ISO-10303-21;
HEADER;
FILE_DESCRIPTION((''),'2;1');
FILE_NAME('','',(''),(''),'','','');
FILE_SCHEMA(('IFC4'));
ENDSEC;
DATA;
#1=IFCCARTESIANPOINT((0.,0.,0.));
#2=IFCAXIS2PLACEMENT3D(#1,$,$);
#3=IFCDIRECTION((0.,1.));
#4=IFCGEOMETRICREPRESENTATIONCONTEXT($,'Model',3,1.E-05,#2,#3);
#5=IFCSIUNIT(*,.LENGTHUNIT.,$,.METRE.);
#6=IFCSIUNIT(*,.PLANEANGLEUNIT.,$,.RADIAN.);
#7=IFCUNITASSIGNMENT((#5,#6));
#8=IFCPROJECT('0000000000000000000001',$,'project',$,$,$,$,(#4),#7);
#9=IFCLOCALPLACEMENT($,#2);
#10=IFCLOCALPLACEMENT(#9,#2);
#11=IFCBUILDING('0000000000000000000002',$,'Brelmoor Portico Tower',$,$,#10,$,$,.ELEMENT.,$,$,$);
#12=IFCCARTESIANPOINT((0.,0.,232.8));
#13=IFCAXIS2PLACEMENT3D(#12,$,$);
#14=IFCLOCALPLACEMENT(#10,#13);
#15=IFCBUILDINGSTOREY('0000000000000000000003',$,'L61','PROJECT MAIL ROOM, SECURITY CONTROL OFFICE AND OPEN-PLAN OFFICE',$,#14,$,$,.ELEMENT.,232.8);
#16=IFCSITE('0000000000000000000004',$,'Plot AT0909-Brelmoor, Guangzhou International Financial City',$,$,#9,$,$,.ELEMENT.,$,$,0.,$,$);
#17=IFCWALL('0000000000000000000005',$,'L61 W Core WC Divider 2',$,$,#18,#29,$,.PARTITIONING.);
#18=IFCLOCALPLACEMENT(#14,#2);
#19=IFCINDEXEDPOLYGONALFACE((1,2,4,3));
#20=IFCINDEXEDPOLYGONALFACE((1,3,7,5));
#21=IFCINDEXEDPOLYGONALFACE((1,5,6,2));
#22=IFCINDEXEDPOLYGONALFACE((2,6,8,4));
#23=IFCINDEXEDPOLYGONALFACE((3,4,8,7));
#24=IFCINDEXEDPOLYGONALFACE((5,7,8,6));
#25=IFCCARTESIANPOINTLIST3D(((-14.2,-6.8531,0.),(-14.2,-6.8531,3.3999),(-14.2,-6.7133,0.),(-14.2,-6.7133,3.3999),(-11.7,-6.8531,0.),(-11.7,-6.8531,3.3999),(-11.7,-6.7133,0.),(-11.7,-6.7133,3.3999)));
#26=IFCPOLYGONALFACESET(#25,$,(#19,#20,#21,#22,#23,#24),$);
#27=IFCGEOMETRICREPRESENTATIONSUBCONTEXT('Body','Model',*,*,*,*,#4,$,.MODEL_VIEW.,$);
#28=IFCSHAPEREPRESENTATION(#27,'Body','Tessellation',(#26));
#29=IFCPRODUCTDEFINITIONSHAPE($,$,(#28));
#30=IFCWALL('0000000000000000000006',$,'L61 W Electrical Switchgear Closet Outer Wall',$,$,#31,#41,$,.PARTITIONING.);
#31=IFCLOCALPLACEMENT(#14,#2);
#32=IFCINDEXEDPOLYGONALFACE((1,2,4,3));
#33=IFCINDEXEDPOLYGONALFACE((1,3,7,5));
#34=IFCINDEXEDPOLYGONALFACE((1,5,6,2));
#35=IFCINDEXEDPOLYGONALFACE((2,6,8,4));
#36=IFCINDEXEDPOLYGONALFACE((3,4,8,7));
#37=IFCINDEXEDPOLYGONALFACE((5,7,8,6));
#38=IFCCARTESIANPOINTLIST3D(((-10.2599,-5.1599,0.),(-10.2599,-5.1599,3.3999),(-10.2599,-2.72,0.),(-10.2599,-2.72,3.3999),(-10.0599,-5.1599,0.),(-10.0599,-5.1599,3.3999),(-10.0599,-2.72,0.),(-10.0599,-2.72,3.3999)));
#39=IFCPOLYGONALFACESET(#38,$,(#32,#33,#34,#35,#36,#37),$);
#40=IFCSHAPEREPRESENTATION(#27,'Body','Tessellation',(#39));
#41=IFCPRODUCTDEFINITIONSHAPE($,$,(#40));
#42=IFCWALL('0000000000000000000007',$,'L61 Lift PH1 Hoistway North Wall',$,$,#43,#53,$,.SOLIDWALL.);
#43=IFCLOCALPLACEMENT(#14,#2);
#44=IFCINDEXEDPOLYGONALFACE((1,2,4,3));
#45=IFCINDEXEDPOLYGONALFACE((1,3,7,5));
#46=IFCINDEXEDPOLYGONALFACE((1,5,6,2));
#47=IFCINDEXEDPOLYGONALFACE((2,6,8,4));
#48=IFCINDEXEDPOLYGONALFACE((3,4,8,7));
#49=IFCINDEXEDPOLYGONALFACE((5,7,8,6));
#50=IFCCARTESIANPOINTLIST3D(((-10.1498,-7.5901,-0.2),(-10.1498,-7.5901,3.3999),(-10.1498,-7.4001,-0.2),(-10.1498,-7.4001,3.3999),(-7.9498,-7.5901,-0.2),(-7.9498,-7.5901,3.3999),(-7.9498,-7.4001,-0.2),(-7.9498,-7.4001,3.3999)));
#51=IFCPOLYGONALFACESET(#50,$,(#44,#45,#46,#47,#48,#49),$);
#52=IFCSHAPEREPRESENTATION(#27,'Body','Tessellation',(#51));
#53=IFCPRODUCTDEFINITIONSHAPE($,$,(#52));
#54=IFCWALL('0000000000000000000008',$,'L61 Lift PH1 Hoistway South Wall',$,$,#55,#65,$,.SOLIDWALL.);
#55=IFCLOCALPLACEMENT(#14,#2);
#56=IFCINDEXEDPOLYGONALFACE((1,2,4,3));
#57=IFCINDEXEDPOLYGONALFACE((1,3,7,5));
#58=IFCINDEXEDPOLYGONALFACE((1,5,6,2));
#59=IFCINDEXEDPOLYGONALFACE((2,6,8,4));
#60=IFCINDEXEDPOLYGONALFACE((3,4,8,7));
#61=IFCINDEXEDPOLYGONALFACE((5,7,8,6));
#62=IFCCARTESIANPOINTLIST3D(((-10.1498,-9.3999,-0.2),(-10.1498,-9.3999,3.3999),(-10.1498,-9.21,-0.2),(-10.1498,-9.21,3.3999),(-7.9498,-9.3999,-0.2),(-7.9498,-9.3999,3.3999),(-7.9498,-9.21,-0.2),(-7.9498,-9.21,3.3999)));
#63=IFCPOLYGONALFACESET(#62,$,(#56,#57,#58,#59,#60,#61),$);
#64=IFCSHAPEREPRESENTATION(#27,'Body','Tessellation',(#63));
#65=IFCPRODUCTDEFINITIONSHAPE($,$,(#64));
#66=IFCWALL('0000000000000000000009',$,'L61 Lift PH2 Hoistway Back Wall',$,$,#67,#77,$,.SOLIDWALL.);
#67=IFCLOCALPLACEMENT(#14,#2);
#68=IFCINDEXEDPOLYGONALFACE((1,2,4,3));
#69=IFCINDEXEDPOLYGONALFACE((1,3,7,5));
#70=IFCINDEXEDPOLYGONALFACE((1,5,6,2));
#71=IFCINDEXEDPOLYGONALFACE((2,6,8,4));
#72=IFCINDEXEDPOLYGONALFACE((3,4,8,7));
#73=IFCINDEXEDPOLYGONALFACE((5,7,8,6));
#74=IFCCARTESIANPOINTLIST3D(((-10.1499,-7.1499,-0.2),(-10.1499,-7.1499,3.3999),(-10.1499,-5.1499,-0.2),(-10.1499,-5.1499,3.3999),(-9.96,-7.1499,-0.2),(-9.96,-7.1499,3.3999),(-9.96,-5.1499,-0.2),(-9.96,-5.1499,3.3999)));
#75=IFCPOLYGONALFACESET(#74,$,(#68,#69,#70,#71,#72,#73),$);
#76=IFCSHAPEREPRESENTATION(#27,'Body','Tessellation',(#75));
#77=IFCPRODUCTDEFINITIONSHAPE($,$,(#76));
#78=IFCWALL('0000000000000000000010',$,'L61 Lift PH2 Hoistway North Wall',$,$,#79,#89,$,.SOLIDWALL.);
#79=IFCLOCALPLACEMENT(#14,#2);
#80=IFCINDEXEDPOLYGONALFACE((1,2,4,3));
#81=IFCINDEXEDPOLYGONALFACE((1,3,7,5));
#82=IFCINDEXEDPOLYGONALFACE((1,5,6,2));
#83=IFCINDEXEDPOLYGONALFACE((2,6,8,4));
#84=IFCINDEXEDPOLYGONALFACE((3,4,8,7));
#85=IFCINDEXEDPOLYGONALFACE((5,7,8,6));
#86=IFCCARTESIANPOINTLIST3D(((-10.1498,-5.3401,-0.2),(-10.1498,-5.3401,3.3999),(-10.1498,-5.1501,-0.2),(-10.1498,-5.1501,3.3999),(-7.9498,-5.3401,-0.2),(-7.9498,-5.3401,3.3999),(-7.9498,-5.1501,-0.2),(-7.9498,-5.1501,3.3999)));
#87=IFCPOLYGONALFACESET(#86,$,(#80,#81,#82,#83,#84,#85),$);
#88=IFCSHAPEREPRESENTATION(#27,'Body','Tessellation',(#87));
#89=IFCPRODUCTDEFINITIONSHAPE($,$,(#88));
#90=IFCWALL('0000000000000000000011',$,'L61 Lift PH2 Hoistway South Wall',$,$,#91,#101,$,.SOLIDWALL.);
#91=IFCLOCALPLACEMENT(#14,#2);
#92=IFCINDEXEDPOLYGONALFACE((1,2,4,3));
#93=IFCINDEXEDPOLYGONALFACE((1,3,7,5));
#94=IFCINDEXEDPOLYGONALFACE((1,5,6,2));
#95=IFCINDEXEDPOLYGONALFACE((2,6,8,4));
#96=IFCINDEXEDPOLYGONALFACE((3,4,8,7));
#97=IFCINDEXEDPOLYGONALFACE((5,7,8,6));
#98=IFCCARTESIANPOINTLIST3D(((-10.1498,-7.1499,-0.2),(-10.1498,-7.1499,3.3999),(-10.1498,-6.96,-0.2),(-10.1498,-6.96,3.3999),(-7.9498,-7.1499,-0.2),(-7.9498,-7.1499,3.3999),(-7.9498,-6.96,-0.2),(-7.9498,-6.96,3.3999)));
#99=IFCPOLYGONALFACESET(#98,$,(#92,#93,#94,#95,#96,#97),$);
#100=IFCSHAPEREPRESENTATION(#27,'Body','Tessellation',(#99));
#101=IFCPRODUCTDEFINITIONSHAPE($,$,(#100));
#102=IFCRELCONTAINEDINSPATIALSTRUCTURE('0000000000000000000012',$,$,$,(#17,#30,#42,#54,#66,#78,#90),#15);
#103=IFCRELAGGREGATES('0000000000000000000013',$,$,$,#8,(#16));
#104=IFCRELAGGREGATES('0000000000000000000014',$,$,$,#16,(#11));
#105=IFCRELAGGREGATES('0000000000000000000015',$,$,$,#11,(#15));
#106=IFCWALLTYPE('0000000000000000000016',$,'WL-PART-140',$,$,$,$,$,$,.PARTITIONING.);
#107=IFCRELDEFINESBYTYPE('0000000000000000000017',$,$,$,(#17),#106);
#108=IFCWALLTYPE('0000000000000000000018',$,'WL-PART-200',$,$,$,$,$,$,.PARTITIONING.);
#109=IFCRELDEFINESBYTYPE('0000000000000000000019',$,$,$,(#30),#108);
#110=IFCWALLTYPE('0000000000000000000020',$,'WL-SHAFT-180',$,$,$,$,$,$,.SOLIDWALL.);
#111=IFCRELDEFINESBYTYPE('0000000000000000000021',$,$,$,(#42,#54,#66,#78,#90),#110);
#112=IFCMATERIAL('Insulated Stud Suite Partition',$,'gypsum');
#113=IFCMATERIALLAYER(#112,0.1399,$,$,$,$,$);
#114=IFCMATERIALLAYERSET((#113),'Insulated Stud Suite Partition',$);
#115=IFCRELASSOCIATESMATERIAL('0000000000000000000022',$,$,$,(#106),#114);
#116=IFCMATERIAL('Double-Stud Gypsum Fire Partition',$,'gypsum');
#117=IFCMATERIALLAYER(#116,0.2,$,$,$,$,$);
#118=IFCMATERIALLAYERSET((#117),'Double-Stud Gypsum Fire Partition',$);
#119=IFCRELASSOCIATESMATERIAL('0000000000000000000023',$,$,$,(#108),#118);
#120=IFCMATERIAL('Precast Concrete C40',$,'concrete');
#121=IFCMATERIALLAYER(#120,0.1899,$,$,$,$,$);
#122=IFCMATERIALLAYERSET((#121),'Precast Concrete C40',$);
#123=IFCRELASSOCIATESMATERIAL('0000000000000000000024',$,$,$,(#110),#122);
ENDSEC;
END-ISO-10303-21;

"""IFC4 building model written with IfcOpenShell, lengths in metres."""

from ifc_helpers import new_model, si_unit, direction, frame, frame_2d, origin, place, context, subcontext, project, spatial, rectangle, extrude, material, layer, layer_set, type_object, element, save


model = new_model("IFC4")

# Units and contexts
model_context = context("Model", 3, precision=1e-05, world=origin(), true_north=direction((0.0, 1.0)))
body_context = subcontext(model_context, "Body", "Model", "MODEL_VIEW")
ifc_project = project(units=[si_unit("LENGTHUNIT", "METRE"), si_unit("PLANEANGLEUNIT", "RADIAN")], contexts=[model_context])

# Site, building, storey
site_placement = place(None, origin())
site = spatial("IfcSite", under=ifc_project, at=site_placement, Name="Plot AT0909-Brelmoor, Guangzhou International Financial City", CompositionType="ELEMENT", RefElevation=0.0)
building_placement = place(site_placement, origin())
building = spatial("IfcBuilding", under=site, at=building_placement, Name="Brelmoor Portico Tower", CompositionType="ELEMENT")
storey_placement = place(building_placement, frame((0.0, 0.0, 232.8)))
storey = spatial("IfcBuildingStorey", under=building, at=storey_placement, Name="L61", Description="PROJECT MAIL ROOM, SECURITY CONTROL OFFICE AND OPEN-PLAN OFFICE", CompositionType="ELEMENT", Elevation=232.8)

# Wall
ifc_material_1 = material(Name="Insulated Stud Suite Partition", Category="gypsum")
ifc_layer_1 = layer(ifc_material_1, 0.1399)
ifc_layer_set_1 = layer_set([ifc_layer_1], Name="Insulated Stud Suite Partition")
wall_type_1 = type_object("IfcWallType", Name="WL-PART-140", PredefinedType="PARTITIONING", material=ifc_layer_set_1)
wall_1_placement = place(storey_placement, frame((-11.7, -6.7832, 0.0), z_axis=(0.0, 0.0, 1.0), x_axis=(-1.0, 0.0, 0.0)))
element("IfcWall", 1, at=wall_1_placement, inside=storey, type_object=wall_type_1, Name="L61 W Core WC Divider 2", PredefinedType="PARTITIONING", context=body_context, shape_type="SweptSolid", body=[
    extrude(rectangle(XDim=2.5, YDim=0.1399, at=frame_2d((1.25, 0.0))), origin(), (0.0, 0.0, 1.0), 3.3999),
])

# Shared definitions
ifc_material_2 = material(Name="Double-Stud Gypsum Fire Partition", Category="gypsum")
ifc_layer_2 = layer(ifc_material_2, 0.2)
ifc_layer_set_2 = layer_set([ifc_layer_2], Name="Double-Stud Gypsum Fire Partition")
wall_type_2 = type_object("IfcWallType", Name="WL-PART-200", PredefinedType="PARTITIONING", material=ifc_layer_set_2)

# Walls
wall_2_placement = place(storey_placement, frame((-10.1599, -5.1599, 0.0), z_axis=(0.0, 0.0, 1.0), x_axis=(0.0, 1.0, 0.0)))
element("IfcWall", 2, at=wall_2_placement, inside=storey, type_object=wall_type_2, Name="L61 W Electrical Switchgear Closet Outer Wall", PredefinedType="PARTITIONING", context=body_context, shape_type="SweptSolid", body=[
    extrude(rectangle(XDim=2.4399, YDim=0.2, at=frame_2d((1.22, 0.0))), origin(), (0.0, 0.0, 1.0), 3.3999),
])
ifc_material_3 = material(Name="Precast Concrete C40", Category="concrete")
ifc_layer_3 = layer(ifc_material_3, 0.1899)
ifc_layer_set_3 = layer_set([ifc_layer_3], Name="Precast Concrete C40")
wall_type_3 = type_object("IfcWallType", Name="WL-SHAFT-180", PredefinedType="SOLIDWALL", material=ifc_layer_set_3)
for number, where, z_axis, x_axis, name in (
    (3, (-10.1499, -7.4951, -0.2), (0.0, 0.0, 1.0), (1.0, 0.0, 0.0), "L61 Lift PH1 Hoistway North Wall"),
    (4, (-10.1499, -9.3049, -0.2), (0.0, 0.0, 1.0), (1.0, 0.0, 0.0), "L61 Lift PH1 Hoistway South Wall"),
):
    element("IfcWall", number, at=place(storey_placement, frame(where, z_axis=z_axis, x_axis=x_axis)), inside=storey, type_object=wall_type_3, Name=name, PredefinedType="SOLIDWALL", context=body_context, shape_type="SweptSolid", body=[
        extrude(rectangle(XDim=2.2, YDim=0.1899, at=frame_2d((1.1001, 0.0))), origin(), (0.0, 0.0, 1.0), 3.5999),
    ])
wall_3_placement = place(storey_placement, frame((-10.0549, -7.1499, -0.2), z_axis=(0.0, 0.0, 1.0), x_axis=(0.0, 1.0, 0.0)))
element("IfcWall", 5, at=wall_3_placement, inside=storey, type_object=wall_type_3, Name="L61 Lift PH2 Hoistway Back Wall", PredefinedType="SOLIDWALL", context=body_context, shape_type="SweptSolid", body=[
    extrude(rectangle(XDim=2.0, YDim=0.1899, at=frame_2d((1.0, 0.0))), origin(), (0.0, 0.0, 1.0), 3.5999),
])
for number, where, z_axis, x_axis, name in (
    (6, (-10.1499, -5.2451, -0.2), (0.0, 0.0, 1.0), (1.0, 0.0, 0.0), "L61 Lift PH2 Hoistway North Wall"),
    (7, (-10.1499, -7.0549, -0.2), (0.0, 0.0, 1.0), (1.0, 0.0, 0.0), "L61 Lift PH2 Hoistway South Wall"),
):
    element("IfcWall", number, at=place(storey_placement, frame(where, z_axis=z_axis, x_axis=x_axis)), inside=storey, type_object=wall_type_3, Name=name, PredefinedType="SOLIDWALL", context=body_context, shape_type="SweptSolid", body=[
        extrude(rectangle(XDim=2.2, YDim=0.1899, at=frame_2d((1.1001, 0.0))), origin(), (0.0, 0.0, 1.0), 3.5999),
    ])

save(model, "model.ifc")
